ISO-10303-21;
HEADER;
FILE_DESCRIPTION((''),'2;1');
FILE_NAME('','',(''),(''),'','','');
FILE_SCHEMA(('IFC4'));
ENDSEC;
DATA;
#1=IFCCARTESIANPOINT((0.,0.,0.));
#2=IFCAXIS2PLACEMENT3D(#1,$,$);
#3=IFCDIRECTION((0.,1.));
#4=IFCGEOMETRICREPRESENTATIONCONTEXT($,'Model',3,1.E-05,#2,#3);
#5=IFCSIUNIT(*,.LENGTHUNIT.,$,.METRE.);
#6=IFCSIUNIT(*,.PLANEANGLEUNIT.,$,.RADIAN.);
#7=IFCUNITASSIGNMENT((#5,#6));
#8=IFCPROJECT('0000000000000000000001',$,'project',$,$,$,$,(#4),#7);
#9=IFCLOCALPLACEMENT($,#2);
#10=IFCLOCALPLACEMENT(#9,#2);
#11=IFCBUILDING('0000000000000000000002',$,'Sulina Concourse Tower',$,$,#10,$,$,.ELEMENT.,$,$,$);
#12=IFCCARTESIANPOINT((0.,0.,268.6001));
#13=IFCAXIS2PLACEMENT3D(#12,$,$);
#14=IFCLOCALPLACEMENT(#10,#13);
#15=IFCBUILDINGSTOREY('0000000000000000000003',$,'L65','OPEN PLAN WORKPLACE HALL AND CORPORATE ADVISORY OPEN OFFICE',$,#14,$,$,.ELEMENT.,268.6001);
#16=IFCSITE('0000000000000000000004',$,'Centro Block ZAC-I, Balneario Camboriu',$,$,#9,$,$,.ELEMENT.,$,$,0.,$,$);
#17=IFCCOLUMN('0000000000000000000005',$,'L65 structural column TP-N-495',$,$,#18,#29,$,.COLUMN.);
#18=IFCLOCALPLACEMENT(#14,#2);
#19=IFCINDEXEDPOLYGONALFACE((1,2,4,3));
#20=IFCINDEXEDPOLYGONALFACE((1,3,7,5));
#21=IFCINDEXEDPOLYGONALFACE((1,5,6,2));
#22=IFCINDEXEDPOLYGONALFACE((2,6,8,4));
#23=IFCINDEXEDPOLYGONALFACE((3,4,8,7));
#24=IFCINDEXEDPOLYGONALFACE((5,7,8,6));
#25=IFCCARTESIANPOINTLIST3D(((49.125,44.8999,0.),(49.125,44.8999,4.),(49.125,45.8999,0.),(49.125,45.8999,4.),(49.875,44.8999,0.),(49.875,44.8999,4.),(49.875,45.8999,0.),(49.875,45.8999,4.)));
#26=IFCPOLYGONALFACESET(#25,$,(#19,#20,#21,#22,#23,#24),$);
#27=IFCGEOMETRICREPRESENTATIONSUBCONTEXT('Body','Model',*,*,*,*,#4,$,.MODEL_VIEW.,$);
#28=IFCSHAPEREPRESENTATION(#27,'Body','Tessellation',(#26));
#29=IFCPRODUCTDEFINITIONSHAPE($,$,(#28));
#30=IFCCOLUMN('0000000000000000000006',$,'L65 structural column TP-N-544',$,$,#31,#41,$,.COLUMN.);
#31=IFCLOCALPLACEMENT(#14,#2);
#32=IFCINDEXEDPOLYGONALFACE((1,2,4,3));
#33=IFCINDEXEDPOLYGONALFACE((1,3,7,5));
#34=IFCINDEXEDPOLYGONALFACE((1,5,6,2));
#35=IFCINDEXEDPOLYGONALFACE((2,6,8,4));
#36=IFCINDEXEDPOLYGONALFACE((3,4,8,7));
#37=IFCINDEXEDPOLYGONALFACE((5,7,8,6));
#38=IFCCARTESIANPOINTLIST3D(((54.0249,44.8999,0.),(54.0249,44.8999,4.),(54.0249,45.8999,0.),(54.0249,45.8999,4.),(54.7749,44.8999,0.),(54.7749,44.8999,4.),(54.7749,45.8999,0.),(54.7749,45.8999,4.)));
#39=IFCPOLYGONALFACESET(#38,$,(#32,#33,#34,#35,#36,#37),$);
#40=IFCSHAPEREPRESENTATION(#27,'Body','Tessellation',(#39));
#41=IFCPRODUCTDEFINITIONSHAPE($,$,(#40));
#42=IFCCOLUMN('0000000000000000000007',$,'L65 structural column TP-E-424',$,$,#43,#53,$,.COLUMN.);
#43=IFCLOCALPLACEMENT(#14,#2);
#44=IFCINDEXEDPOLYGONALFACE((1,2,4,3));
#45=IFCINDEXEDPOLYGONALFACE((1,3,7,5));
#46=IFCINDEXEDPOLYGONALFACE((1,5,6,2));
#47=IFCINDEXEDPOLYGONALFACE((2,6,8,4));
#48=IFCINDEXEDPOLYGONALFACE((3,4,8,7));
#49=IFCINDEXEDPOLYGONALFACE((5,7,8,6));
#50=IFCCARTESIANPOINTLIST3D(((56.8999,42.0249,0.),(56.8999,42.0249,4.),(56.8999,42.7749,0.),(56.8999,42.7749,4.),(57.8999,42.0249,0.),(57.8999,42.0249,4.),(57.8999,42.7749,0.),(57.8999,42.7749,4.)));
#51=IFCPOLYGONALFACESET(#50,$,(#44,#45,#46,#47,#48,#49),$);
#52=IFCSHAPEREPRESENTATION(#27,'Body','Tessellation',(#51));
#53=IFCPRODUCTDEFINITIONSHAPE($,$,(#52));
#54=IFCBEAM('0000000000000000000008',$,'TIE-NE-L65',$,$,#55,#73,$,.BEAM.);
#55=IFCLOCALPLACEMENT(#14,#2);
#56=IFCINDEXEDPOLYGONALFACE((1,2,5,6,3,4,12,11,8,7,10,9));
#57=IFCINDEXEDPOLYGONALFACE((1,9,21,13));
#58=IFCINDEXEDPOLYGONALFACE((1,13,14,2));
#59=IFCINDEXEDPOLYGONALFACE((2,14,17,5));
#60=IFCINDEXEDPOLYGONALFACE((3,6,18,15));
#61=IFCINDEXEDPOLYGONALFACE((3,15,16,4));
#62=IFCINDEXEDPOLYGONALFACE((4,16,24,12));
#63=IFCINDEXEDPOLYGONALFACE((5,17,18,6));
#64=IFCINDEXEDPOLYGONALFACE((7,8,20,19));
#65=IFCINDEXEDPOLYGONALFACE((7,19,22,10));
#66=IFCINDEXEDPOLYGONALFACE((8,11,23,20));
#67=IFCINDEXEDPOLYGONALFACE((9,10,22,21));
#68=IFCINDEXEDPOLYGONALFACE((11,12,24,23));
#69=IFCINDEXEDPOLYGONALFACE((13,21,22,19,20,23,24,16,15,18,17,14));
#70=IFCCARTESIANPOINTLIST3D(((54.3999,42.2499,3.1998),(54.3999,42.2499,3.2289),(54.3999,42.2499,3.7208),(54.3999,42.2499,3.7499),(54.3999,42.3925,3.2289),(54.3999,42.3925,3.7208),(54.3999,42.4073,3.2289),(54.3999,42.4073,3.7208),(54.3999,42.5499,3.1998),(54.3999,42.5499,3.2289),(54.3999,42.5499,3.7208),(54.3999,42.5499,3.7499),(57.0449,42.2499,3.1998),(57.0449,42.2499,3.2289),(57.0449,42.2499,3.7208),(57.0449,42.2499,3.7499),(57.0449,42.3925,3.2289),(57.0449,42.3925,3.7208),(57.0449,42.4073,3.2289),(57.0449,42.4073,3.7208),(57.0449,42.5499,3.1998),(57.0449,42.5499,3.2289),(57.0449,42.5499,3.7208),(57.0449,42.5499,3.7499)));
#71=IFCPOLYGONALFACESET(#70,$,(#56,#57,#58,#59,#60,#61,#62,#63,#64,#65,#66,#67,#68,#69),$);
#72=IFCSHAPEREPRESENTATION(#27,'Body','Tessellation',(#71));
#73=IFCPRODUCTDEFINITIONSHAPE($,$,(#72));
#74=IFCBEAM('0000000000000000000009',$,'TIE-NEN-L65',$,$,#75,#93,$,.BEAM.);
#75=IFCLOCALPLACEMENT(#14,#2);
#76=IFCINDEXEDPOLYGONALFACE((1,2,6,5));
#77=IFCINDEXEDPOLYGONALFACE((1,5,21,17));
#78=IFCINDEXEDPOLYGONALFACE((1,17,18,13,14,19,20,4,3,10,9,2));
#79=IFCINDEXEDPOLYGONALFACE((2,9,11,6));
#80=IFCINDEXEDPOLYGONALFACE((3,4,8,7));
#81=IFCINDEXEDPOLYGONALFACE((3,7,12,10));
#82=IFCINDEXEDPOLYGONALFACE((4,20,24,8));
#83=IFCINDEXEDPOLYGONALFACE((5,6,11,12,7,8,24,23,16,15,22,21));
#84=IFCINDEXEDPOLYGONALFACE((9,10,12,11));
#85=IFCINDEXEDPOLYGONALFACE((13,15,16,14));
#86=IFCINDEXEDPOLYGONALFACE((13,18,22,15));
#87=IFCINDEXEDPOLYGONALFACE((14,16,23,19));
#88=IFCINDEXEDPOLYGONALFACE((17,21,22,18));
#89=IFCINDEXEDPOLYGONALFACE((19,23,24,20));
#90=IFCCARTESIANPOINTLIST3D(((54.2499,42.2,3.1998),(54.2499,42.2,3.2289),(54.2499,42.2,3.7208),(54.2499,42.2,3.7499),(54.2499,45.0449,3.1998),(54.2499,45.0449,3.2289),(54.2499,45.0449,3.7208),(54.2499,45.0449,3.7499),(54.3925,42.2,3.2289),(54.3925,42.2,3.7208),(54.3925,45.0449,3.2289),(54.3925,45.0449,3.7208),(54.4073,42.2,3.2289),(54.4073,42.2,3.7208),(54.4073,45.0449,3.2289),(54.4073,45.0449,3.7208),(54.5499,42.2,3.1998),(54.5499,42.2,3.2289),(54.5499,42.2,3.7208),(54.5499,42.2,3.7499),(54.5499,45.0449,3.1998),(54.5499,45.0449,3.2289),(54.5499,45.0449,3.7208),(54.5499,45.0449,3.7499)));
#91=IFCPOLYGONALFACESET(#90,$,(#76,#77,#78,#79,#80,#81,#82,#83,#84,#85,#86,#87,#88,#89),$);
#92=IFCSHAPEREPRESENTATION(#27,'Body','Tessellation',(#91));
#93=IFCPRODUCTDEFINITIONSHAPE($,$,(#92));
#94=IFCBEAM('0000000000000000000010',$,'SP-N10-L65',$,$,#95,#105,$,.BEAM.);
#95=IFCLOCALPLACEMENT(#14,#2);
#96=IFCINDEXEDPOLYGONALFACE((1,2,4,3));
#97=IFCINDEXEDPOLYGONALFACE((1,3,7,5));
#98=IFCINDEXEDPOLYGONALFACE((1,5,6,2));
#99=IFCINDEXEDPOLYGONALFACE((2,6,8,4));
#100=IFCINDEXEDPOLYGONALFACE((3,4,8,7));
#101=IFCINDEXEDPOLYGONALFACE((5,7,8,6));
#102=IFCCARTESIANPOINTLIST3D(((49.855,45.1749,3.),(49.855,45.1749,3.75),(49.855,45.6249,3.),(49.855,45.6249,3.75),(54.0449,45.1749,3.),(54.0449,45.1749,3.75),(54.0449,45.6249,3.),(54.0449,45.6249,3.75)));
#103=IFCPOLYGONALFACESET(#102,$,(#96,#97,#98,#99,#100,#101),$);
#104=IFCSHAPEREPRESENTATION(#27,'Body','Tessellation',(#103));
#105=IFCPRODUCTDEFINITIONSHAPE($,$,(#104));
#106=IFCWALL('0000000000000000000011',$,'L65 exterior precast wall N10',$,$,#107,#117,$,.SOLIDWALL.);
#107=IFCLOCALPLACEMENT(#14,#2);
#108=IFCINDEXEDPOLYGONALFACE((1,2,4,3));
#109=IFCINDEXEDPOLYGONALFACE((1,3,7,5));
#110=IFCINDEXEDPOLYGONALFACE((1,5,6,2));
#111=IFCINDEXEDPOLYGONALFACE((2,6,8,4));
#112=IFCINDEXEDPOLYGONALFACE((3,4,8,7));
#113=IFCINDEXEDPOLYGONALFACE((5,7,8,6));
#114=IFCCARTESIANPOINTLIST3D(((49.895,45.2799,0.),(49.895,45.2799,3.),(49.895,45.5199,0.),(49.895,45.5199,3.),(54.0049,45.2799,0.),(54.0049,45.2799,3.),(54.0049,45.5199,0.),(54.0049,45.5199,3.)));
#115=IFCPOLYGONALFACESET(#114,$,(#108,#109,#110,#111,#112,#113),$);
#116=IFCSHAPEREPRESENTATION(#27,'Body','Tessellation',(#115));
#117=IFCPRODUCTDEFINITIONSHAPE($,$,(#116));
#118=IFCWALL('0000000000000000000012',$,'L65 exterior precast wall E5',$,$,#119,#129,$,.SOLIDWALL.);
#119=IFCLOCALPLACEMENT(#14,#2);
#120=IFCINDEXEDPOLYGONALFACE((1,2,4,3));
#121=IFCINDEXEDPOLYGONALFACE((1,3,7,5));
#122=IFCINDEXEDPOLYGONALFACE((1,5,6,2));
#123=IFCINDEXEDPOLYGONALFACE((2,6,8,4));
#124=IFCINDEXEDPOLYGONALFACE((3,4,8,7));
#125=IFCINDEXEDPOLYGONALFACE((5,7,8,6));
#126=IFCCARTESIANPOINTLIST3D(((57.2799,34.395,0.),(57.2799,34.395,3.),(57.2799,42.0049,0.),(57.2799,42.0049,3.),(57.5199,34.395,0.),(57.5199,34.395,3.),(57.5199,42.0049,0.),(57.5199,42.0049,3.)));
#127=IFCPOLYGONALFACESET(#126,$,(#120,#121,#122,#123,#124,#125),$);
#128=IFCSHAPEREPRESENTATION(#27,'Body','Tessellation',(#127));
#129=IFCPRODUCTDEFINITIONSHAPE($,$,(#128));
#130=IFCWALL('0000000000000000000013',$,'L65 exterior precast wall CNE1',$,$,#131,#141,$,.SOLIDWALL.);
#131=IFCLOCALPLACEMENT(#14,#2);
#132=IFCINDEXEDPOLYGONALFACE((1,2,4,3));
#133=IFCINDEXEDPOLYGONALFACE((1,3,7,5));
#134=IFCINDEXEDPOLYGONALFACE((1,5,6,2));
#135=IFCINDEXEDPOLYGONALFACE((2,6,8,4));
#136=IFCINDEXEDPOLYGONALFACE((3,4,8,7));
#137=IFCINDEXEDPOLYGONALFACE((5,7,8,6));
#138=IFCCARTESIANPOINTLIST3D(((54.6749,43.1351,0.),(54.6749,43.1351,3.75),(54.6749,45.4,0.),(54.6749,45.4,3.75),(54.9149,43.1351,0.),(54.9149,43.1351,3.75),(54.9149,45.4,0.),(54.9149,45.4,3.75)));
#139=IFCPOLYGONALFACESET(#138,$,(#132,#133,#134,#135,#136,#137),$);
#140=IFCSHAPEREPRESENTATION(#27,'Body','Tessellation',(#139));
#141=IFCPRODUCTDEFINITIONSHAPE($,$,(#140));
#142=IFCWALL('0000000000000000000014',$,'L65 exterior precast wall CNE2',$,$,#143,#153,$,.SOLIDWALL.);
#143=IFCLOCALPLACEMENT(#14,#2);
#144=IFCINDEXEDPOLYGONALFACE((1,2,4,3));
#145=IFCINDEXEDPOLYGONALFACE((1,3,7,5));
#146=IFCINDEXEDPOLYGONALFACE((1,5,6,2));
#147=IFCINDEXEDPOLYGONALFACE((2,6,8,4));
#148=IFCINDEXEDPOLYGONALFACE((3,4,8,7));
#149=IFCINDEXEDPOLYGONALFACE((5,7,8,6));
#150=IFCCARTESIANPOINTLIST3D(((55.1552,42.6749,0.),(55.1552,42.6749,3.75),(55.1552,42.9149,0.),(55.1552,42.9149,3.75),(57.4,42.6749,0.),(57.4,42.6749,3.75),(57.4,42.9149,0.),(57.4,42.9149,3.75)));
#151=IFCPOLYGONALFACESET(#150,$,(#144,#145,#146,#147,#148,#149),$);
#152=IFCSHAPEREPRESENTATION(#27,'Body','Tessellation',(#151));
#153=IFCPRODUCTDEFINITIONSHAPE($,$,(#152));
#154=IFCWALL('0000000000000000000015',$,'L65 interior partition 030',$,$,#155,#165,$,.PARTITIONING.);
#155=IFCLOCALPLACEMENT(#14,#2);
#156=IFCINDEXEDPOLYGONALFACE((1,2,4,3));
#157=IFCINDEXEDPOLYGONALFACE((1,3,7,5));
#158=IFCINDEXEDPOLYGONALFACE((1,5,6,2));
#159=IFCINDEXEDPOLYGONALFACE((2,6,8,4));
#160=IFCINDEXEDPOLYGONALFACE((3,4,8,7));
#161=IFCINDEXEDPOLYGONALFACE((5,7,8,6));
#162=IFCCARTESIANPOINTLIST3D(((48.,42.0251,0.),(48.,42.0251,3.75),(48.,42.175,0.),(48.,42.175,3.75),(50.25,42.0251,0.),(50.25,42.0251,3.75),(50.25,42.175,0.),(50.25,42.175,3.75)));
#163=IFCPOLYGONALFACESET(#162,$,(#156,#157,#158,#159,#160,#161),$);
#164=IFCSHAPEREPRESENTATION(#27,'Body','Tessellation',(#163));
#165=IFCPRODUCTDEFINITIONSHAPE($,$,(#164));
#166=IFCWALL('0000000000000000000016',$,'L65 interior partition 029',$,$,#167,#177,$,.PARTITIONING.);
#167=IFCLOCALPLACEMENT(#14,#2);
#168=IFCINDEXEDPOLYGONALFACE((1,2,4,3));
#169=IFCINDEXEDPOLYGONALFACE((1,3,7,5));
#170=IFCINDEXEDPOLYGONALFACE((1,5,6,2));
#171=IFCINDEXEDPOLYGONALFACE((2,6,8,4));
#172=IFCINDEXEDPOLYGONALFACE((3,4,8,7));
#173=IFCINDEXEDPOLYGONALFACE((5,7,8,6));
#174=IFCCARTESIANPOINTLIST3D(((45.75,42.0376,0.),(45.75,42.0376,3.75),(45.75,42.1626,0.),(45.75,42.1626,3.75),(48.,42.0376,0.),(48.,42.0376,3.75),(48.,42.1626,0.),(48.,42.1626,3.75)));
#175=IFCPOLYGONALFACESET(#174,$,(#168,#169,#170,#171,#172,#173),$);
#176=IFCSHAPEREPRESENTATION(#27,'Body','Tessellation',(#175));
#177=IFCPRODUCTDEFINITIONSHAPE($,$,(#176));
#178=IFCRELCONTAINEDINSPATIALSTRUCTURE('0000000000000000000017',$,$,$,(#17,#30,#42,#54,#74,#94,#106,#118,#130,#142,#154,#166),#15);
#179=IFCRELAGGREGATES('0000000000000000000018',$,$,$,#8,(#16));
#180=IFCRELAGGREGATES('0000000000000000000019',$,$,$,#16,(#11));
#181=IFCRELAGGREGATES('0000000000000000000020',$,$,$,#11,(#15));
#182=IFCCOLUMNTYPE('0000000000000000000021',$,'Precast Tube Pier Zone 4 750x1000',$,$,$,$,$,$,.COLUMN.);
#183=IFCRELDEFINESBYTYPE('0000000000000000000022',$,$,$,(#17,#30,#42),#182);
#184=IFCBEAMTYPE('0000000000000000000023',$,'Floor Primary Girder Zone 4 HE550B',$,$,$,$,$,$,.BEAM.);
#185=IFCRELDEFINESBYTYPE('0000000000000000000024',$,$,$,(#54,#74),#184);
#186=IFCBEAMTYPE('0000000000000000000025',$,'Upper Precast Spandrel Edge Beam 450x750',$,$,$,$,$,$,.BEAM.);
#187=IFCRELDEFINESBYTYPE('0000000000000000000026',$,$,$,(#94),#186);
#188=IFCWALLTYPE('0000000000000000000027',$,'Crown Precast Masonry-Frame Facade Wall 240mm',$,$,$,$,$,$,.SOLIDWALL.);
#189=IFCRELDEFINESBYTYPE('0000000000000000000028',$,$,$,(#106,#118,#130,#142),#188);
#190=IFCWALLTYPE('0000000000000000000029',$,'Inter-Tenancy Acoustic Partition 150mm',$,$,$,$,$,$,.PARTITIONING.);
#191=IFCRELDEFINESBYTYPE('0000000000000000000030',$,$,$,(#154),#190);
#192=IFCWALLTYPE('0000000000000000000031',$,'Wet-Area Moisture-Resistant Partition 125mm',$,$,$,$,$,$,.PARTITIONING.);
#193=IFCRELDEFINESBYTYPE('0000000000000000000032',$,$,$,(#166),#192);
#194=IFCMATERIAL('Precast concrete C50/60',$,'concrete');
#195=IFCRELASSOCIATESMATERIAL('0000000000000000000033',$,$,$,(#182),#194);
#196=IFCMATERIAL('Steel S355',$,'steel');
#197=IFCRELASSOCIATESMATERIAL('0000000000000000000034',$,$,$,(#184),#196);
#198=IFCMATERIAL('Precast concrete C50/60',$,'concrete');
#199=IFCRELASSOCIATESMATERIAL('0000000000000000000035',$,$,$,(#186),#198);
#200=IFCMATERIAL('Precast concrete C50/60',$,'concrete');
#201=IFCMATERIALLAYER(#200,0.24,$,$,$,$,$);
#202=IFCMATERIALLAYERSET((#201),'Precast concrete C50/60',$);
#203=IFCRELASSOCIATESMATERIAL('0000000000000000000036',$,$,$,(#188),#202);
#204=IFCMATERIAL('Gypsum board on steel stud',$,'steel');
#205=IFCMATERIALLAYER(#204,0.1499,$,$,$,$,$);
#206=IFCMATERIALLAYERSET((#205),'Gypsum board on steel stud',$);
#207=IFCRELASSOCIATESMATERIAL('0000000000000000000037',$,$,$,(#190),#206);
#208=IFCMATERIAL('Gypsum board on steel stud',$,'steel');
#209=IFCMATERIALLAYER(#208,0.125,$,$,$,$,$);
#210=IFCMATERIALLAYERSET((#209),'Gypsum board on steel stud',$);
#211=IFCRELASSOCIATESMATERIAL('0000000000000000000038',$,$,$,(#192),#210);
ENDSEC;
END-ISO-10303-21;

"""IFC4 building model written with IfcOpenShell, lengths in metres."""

from ifc_helpers import new_model, si_unit, direction, frame, frame_2d, origin, origin_2d, place, context, subcontext, project, spatial, rectangle, i_section, extrude, material, layer, layer_set, material_profile, profile_set, type_object, element, save


model = new_model("IFC4")

# Units and contexts
model_context = context("Model", 3, precision=1e-05, world=origin(), true_north=direction((0.0, 1.0)))
body_context = subcontext(model_context, "Body", "Model", "MODEL_VIEW")
ifc_project = project(units=[si_unit("LENGTHUNIT", "METRE"), si_unit("PLANEANGLEUNIT", "RADIAN")], contexts=[model_context])

# Site, building, storey
site_placement = place(None, origin())
site = spatial("IfcSite", under=ifc_project, at=site_placement, Name="Centro Block ZAC-I, Balneario Camboriu", CompositionType="ELEMENT", RefElevation=0.0)
building_placement = place(site_placement, origin())
building = spatial("IfcBuilding", under=site, at=building_placement, Name="Sulina Concourse Tower", CompositionType="ELEMENT")
storey_placement = place(building_placement, frame((0.0, 0.0, 268.6001)))
storey = spatial("IfcBuildingStorey", under=building, at=storey_placement, Name="L65", Description="OPEN PLAN WORKPLACE HALL AND CORPORATE ADVISORY OPEN OFFICE", CompositionType="ELEMENT", Elevation=268.6001)

# Columns
ifc_material_1 = material(Name="Precast concrete C50/60", Category="concrete")
ifc_material_profile_1 = material_profile(ifc_material_1, rectangle(XDim=0.75, YDim=1.0, at=origin_2d()), Name="PC 750x1000")
ifc_profile_set_1 = profile_set([ifc_material_profile_1], Name="Precast concrete C50/60")
column_type = type_object("IfcColumnType", Name="Precast Tube Pier Zone 4 750x1000", PredefinedType="COLUMN", material=ifc_profile_set_1)
for number, where, z_axis, x_axis, name in (
    (1, (49.5, 45.3999, 0.0), (0.0, 0.0, 1.0), (1.0, 0.0, 0.0), "L65 structural column TP-N-495"),
    (2, (54.3999, 45.3999, 0.0), (0.0, 0.0, 1.0), (1.0, 0.0, 0.0), "L65 structural column TP-N-544"),
    (3, (57.3999, 42.3999, 0.0), (0.0, 0.0, 1.0), (0.0, 1.0, 0.0), "L65 structural column TP-E-424"),
):
    element("IfcColumn", number, at=place(storey_placement, frame(where, z_axis=z_axis, x_axis=x_axis)), inside=storey, type_object=column_type, Name=name, PredefinedType="COLUMN", context=body_context, shape_type="SweptSolid", body=[
        extrude(rectangle(XDim=0.75, YDim=1.0, at=origin_2d()), origin(), (0.0, 0.0, 1.0), 4.0),
    ])

# Beams
ifc_material_2 = material(Name="Steel S355", Category="steel")
ifc_material_profile_2 = material_profile(ifc_material_2, i_section(OverallWidth=0.3, OverallDepth=0.55, WebThickness=0.0149, FlangeThickness=0.0291, at=origin_2d()), Name="HE 550 B")
ifc_profile_set_2 = profile_set([ifc_material_profile_2], Name="Steel S355")
beam_type_1 = type_object("IfcBeamType", Name="Floor Primary Girder Zone 4 HE550B", PredefinedType="BEAM", material=ifc_profile_set_2)
beam_1_placement = place(storey_placement, frame((54.3999, 42.3999, 3.4749), z_axis=(1.0, 0.0, 0.0), x_axis=(0.0, 1.0, 0.0)))
element("IfcBeam", 4, at=beam_1_placement, inside=storey, type_object=beam_type_1, Name="TIE-NE-L65", PredefinedType="BEAM", context=body_context, shape_type="SweptSolid", body=[
    extrude(i_section(OverallWidth=0.3, OverallDepth=0.55, WebThickness=0.0149, FlangeThickness=0.0291, at=origin_2d()), origin(), (0.0, 0.0, 1.0), 2.645),
])
beam_2_placement = place(storey_placement, frame((54.3999, 42.2, 3.4749), z_axis=(0.0, 1.0, 0.0), x_axis=(-1.0, 0.0, 0.0)))
element("IfcBeam", 5, at=beam_2_placement, inside=storey, type_object=beam_type_1, Name="TIE-NEN-L65", PredefinedType="BEAM", context=body_context, shape_type="SweptSolid", body=[
    extrude(i_section(OverallWidth=0.3, OverallDepth=0.55, WebThickness=0.0149, FlangeThickness=0.0291, at=origin_2d()), origin(), (0.0, 0.0, 1.0), 2.845),
])
ifc_material_3 = material(Name="Precast concrete C50/60", Category="concrete")
ifc_material_profile_3 = material_profile(ifc_material_3, rectangle(XDim=0.45, YDim=0.75, at=origin_2d()), Name="RC 450x750")
ifc_profile_set_3 = profile_set([ifc_material_profile_3], Name="Precast concrete C50/60")
beam_type_2 = type_object("IfcBeamType", Name="Upper Precast Spandrel Edge Beam 450x750", PredefinedType="BEAM", material=ifc_profile_set_3)
beam_3_placement = place(storey_placement, frame((49.855, 45.3999, 3.375), z_axis=(1.0, 0.0, 0.0), x_axis=(0.0, 1.0, 0.0)))
element("IfcBeam", 6, at=beam_3_placement, inside=storey, type_object=beam_type_2, Name="SP-N10-L65", PredefinedType="BEAM", context=body_context, shape_type="SweptSolid", body=[
    extrude(rectangle(XDim=0.45, YDim=0.75, at=origin_2d()), origin(), (0.0, 0.0, 1.0), 4.1899),
])

# Walls
ifc_material_4 = material(Name="Precast concrete C50/60", Category="concrete")
ifc_layer_1 = layer(ifc_material_4, 0.24)
ifc_layer_set_1 = layer_set([ifc_layer_1], Name="Precast concrete C50/60")
wall_type_1 = type_object("IfcWallType", Name="Crown Precast Masonry-Frame Facade Wall 240mm", PredefinedType="SOLIDWALL", material=ifc_layer_set_1)
wall_1_placement = place(storey_placement, frame((49.895, 45.3999, 0.0), z_axis=(0.0, 0.0, 1.0), x_axis=(1.0, 0.0, 0.0)))
element("IfcWall", 7, at=wall_1_placement, inside=storey, type_object=wall_type_1, Name="L65 exterior precast wall N10", PredefinedType="SOLIDWALL", context=body_context, shape_type="SweptSolid", body=[
    extrude(rectangle(XDim=4.1099, YDim=0.24, at=frame_2d((2.0549, 0.0))), origin(), (0.0, 0.0, 1.0), 3.0),
])
wall_2_placement = place(storey_placement, frame((57.3999, 42.0049, 0.0), z_axis=(0.0, 0.0, 1.0), x_axis=(0.0, -1.0, 0.0)))
element("IfcWall", 8, at=wall_2_placement, inside=storey, type_object=wall_type_1, Name="L65 exterior precast wall E5", PredefinedType="SOLIDWALL", context=body_context, shape_type="SweptSolid", body=[
    extrude(rectangle(XDim=7.6099, YDim=0.24, at=frame_2d((3.8049, 0.0))), origin(), (0.0, 0.0, 1.0), 3.0),
])
wall_3_placement = place(storey_placement, frame((54.7949, 45.3999, 0.0), z_axis=(0.0, 0.0, 1.0), x_axis=(0.0, -1.0, 0.0)))
element("IfcWall", 9, at=wall_3_placement, inside=storey, type_object=wall_type_1, Name="L65 exterior precast wall CNE1", PredefinedType="SOLIDWALL", context=body_context, shape_type="SweptSolid", body=[
    extrude(rectangle(XDim=2.2649, YDim=0.24, at=frame_2d((1.1323, 0.0))), origin(), (0.0, 0.0, 1.0), 3.75),
])
wall_4_placement = place(storey_placement, frame((55.155, 42.7949, 0.0), z_axis=(0.0, 0.0, 1.0), x_axis=(1.0, 0.0, 0.0)))
element("IfcWall", 10, at=wall_4_placement, inside=storey, type_object=wall_type_1, Name="L65 exterior precast wall CNE2", PredefinedType="SOLIDWALL", context=body_context, shape_type="SweptSolid", body=[
    extrude(rectangle(XDim=2.2449, YDim=0.24, at=frame_2d((1.1226, 0.0))), origin(), (0.0, 0.0, 1.0), 3.75),
])
ifc_material_5 = material(Name="Gypsum board on steel stud", Category="steel")
ifc_layer_2 = layer(ifc_material_5, 0.1499)
ifc_layer_set_2 = layer_set([ifc_layer_2], Name="Gypsum board on steel stud")
wall_type_2 = type_object("IfcWallType", Name="Inter-Tenancy Acoustic Partition 150mm", PredefinedType="PARTITIONING", material=ifc_layer_set_2)
wall_5_placement = place(storey_placement, frame((48.0, 42.1001, 0.0), z_axis=(0.0, 0.0, 1.0), x_axis=(1.0, 0.0, 0.0)))
element("IfcWall", 11, at=wall_5_placement, inside=storey, type_object=wall_type_2, Name="L65 interior partition 030", PredefinedType="PARTITIONING", context=body_context, shape_type="SweptSolid", body=[
    extrude(rectangle(XDim=2.25, YDim=0.1499, at=frame_2d((1.125, 0.0))), origin(), (0.0, 0.0, 1.0), 3.75),
])
ifc_material_6 = material(Name="Gypsum board on steel stud", Category="steel")
ifc_layer_3 = layer(ifc_material_6, 0.125)
ifc_layer_set_3 = layer_set([ifc_layer_3], Name="Gypsum board on steel stud")
wall_type_3 = type_object("IfcWallType", Name="Wet-Area Moisture-Resistant Partition 125mm", PredefinedType="PARTITIONING", material=ifc_layer_set_3)
wall_6_placement = place(storey_placement, frame((45.75, 42.1001, 0.0), z_axis=(0.0, 0.0, 1.0), x_axis=(1.0, 0.0, 0.0)))
element("IfcWall", 12, at=wall_6_placement, inside=storey, type_object=wall_type_3, Name="L65 interior partition 029", PredefinedType="PARTITIONING", context=body_context, shape_type="SweptSolid", body=[
    extrude(rectangle(XDim=2.25, YDim=0.125, at=frame_2d((1.125, 0.0))), origin(), (0.0, 0.0, 1.0), 3.75),
])

save(model, "model.ifc")
